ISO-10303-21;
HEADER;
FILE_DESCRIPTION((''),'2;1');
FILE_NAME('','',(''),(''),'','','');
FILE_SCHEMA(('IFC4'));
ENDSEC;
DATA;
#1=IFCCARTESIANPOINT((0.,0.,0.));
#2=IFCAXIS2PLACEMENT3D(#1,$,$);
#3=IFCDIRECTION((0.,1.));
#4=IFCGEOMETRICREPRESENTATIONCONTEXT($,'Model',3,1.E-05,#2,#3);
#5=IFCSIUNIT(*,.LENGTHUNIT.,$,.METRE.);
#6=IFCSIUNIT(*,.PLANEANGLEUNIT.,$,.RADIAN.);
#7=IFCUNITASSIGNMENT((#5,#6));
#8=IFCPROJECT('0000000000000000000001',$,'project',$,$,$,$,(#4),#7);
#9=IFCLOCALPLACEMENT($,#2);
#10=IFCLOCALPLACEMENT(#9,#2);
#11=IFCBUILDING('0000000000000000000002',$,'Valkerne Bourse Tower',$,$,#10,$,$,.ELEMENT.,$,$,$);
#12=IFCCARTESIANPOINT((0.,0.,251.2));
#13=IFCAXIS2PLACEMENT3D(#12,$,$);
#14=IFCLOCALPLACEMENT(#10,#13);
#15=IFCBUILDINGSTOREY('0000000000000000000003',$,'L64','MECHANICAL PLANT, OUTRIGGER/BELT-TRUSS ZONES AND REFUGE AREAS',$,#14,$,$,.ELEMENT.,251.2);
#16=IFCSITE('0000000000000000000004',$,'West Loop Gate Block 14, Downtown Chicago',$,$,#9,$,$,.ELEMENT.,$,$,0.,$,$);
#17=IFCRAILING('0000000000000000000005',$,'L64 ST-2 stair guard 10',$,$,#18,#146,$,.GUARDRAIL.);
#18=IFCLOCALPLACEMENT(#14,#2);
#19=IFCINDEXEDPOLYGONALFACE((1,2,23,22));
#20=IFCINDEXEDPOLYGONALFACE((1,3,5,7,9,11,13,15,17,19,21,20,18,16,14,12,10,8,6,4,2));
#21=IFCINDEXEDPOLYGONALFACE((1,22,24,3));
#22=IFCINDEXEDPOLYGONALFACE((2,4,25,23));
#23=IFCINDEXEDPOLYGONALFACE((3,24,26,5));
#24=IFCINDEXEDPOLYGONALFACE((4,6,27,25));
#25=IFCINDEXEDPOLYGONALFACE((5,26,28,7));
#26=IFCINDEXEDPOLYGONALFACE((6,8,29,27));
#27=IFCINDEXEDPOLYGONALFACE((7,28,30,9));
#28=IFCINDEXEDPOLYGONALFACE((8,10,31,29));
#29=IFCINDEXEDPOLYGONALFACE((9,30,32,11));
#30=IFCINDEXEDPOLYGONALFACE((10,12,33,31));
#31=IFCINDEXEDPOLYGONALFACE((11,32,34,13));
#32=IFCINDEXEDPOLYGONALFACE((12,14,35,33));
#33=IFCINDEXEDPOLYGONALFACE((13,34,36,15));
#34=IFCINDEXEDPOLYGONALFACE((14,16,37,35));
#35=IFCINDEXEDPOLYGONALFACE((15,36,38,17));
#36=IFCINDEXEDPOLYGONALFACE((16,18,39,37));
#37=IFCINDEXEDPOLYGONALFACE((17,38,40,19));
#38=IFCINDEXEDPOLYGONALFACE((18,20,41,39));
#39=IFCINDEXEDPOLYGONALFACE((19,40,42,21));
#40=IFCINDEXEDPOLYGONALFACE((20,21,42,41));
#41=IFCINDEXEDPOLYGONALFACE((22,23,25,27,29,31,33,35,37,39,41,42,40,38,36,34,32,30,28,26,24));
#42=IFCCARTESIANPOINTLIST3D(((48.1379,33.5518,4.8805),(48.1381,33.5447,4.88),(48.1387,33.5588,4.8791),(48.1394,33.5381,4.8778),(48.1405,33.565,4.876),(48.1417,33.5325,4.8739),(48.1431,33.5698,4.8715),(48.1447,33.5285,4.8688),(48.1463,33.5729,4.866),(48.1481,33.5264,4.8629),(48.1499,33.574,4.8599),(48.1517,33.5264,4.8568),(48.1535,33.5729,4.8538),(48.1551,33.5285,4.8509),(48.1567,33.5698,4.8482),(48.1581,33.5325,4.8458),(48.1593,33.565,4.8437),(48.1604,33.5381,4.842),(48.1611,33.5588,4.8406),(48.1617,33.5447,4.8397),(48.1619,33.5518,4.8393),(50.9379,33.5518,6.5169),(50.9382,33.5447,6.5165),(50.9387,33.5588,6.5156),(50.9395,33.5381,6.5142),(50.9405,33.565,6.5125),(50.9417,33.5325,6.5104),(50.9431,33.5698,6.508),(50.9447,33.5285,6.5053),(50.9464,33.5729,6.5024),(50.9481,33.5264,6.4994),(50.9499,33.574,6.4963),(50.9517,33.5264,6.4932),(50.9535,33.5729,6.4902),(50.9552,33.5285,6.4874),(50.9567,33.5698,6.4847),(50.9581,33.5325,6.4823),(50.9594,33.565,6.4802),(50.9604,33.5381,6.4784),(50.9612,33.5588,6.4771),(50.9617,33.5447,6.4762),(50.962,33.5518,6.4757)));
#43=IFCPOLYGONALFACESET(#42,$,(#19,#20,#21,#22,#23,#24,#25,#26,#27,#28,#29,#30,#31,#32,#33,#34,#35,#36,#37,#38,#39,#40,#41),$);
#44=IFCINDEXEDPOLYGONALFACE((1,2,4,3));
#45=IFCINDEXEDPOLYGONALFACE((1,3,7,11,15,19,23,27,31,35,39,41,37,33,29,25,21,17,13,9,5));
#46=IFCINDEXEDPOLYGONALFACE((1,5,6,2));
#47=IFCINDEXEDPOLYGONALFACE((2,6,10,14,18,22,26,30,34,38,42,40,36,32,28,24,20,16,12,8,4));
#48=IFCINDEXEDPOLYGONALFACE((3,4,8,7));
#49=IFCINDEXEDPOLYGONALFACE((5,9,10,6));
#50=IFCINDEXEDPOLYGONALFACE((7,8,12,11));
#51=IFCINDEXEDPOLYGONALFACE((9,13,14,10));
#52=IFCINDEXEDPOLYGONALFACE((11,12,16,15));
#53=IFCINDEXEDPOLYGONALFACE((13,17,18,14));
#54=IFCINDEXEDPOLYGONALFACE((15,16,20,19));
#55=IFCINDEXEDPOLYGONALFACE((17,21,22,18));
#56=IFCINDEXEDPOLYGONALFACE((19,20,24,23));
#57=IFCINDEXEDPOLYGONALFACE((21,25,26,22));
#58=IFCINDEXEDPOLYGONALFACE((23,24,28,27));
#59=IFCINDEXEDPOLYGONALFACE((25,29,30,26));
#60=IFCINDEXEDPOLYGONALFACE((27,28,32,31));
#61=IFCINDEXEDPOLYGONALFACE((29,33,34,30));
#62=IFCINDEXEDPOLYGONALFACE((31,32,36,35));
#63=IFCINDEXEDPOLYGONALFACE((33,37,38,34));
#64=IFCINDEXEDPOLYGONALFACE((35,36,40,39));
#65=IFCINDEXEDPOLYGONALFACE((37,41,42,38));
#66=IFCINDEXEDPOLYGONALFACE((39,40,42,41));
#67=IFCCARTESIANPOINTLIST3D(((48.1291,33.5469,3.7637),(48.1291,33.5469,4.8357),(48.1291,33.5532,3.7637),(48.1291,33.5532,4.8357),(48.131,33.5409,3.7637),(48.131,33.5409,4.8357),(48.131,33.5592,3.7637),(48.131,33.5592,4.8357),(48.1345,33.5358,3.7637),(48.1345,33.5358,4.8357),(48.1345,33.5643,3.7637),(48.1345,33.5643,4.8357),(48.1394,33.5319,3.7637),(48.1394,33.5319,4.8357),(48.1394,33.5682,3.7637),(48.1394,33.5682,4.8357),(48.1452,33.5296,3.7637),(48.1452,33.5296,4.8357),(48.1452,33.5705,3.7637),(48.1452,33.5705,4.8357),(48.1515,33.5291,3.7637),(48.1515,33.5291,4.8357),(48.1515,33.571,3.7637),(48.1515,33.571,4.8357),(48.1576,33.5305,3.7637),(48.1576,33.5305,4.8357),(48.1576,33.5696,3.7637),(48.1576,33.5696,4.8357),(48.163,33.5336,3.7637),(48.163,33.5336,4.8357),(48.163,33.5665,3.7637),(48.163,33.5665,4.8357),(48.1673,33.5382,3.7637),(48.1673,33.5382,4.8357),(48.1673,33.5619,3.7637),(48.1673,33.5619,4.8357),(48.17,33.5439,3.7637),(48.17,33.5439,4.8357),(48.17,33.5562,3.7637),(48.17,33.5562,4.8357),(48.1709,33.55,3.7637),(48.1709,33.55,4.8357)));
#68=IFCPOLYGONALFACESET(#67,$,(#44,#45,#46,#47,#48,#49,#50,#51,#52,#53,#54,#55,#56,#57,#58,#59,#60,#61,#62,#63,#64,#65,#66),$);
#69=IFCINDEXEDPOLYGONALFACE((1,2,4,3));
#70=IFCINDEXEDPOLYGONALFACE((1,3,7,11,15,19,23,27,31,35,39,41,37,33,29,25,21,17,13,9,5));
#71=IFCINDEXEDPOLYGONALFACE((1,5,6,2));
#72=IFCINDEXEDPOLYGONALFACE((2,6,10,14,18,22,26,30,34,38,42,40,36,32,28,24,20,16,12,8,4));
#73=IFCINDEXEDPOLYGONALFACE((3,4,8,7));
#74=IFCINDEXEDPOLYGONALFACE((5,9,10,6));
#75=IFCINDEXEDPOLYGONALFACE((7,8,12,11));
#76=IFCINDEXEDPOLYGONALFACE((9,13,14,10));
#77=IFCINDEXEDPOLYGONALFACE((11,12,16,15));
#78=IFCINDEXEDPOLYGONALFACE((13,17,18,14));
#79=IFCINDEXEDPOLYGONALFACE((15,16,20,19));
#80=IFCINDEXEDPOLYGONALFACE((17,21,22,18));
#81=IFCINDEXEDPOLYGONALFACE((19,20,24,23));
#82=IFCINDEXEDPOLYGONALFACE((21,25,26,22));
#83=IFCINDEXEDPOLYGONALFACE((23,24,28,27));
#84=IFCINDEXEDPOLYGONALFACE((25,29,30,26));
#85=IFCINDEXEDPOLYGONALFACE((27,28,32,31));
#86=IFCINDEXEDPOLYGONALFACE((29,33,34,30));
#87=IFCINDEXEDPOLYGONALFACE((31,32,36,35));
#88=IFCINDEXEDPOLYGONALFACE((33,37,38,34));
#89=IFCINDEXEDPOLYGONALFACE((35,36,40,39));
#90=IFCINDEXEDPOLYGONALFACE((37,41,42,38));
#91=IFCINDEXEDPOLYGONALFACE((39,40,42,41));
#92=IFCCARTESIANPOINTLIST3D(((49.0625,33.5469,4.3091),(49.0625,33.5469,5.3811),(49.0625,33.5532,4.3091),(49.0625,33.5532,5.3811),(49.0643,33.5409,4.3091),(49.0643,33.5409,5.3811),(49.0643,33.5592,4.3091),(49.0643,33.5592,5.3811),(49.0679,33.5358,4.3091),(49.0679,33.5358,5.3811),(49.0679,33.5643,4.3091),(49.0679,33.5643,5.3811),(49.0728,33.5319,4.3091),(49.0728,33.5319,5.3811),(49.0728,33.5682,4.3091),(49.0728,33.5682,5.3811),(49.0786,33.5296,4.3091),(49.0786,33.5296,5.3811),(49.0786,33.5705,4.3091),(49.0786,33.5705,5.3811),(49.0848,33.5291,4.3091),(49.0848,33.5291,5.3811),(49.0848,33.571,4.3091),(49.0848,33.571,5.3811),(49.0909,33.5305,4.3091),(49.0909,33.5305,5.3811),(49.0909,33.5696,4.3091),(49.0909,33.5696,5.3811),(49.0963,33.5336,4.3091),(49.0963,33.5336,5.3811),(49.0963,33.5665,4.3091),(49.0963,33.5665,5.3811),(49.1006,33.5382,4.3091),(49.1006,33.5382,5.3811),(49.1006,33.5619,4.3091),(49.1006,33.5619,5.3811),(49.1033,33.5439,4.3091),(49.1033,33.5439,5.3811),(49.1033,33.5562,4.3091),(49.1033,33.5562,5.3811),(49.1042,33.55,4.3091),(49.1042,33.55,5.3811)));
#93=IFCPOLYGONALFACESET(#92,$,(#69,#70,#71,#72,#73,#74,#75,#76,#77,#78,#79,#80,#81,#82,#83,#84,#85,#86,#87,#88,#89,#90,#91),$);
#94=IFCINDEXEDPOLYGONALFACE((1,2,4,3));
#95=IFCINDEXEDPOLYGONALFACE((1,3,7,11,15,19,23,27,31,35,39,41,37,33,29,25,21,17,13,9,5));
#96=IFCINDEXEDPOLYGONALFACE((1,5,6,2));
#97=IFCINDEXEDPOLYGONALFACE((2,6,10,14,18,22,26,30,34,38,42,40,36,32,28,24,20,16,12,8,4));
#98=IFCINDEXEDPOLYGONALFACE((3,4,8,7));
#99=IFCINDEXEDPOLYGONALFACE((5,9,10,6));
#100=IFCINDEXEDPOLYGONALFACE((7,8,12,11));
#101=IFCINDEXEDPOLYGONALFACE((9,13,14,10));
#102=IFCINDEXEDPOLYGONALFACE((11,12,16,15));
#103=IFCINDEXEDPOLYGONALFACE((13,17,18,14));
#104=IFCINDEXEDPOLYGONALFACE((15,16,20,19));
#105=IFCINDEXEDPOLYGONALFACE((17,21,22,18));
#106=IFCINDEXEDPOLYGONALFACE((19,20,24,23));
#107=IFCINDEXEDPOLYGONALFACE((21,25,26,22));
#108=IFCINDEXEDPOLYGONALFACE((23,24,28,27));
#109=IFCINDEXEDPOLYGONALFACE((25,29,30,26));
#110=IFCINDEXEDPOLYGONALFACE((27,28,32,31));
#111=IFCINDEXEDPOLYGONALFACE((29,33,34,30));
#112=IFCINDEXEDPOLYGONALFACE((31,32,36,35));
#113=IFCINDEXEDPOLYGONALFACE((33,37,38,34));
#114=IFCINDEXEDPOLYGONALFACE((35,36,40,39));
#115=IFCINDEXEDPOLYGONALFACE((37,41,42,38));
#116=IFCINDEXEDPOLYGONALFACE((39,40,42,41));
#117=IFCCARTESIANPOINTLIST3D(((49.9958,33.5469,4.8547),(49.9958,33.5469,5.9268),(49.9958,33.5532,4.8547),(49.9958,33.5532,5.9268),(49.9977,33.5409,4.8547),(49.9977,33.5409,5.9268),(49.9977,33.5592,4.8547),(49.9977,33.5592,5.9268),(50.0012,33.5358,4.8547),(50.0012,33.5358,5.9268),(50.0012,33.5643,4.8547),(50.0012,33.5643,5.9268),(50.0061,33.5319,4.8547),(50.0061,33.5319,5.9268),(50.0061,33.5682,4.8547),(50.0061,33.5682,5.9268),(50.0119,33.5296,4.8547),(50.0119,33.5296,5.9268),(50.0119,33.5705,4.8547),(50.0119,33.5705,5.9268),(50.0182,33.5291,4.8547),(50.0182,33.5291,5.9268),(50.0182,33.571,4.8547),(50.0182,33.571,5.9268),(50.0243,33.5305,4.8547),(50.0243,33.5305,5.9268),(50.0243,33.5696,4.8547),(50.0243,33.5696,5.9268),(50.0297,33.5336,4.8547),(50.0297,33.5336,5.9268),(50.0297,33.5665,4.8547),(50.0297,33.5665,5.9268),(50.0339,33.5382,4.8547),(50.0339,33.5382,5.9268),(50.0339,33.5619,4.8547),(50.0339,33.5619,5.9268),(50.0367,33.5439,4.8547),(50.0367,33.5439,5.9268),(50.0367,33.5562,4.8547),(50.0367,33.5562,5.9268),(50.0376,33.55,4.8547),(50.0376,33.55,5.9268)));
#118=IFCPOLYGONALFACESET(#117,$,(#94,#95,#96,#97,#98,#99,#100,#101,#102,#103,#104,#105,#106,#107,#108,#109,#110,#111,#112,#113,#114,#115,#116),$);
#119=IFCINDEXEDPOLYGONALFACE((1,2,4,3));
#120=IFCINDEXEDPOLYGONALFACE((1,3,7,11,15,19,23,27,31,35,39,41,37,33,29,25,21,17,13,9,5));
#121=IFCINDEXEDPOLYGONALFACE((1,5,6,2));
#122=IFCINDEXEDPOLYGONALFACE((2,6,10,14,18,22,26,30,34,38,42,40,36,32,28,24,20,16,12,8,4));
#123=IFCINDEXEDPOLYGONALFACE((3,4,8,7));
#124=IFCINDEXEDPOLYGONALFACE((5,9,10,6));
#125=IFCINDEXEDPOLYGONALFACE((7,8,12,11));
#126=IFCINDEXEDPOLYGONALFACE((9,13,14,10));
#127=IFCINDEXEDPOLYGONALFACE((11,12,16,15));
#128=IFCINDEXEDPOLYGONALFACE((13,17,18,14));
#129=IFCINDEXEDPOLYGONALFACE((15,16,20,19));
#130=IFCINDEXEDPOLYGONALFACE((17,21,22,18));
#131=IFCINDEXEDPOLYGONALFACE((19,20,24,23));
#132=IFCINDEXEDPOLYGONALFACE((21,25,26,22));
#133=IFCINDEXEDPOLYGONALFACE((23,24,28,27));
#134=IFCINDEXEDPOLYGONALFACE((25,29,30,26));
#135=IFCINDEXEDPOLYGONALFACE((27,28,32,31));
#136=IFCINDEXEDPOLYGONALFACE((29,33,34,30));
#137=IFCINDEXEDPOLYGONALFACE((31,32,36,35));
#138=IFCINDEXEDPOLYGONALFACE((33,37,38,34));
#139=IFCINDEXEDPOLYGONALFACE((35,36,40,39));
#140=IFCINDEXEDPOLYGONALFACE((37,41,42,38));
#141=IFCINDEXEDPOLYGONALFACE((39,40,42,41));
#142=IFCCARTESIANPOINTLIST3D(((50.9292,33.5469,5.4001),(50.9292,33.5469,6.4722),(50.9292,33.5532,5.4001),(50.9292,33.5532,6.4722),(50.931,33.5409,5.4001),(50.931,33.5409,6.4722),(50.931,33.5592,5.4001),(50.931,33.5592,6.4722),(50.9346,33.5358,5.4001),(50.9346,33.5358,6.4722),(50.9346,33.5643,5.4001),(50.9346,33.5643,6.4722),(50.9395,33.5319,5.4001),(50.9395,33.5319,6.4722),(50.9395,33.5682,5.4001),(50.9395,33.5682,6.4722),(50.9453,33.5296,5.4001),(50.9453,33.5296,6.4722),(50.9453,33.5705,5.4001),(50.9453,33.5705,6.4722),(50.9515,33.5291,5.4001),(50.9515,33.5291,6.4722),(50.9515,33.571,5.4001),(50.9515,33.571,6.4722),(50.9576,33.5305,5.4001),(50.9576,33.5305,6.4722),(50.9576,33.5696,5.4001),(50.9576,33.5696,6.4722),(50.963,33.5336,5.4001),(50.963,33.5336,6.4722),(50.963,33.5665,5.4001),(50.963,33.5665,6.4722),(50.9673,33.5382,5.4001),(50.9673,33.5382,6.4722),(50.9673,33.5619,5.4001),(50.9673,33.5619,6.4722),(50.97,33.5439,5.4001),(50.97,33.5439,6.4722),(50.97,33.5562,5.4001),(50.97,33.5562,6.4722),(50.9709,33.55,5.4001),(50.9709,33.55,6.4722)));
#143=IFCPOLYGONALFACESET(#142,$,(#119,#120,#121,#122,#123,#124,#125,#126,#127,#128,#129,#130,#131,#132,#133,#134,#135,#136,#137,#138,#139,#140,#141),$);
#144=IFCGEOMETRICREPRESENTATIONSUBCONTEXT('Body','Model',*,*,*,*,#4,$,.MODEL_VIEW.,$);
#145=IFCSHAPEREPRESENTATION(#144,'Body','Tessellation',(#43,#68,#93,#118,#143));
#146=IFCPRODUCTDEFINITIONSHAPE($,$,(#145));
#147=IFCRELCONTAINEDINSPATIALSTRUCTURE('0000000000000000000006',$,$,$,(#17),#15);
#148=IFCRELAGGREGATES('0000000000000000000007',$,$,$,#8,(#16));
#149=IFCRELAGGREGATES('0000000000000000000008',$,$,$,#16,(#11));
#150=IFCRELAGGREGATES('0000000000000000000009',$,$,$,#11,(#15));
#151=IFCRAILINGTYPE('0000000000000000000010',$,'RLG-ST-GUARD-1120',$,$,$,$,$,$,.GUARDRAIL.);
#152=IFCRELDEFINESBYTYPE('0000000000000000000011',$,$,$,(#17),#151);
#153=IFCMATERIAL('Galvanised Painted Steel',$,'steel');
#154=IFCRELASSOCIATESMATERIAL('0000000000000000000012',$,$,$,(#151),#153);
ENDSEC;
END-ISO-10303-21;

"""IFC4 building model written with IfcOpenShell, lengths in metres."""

from ifc_helpers import new_model, si_unit, direction, frame, origin, origin_2d, place, context, subcontext, project, spatial, circle, extrude, material, type_object, element, save


model = new_model("IFC4")

# Units and contexts
model_context = context("Model", 3, precision=1e-05, world=origin(), true_north=direction((0.0, 1.0)))
body_context = subcontext(model_context, "Body", "Model", "MODEL_VIEW")
ifc_project = project(units=[si_unit("LENGTHUNIT", "METRE"), si_unit("PLANEANGLEUNIT", "RADIAN")], contexts=[model_context])

# Site, building, storey
site_placement = place(None, origin())
site = spatial("IfcSite", under=ifc_project, at=site_placement, Name="West Loop Gate Block 14, Downtown Chicago", CompositionType="ELEMENT", RefElevation=0.0)
building_placement = place(site_placement, origin())
building = spatial("IfcBuilding", under=site, at=building_placement, Name="Valkerne Bourse Tower", CompositionType="ELEMENT")
storey_placement = place(building_placement, frame((0.0, 0.0, 251.2)))
storey = spatial("IfcBuildingStorey", under=building, at=storey_placement, Name="L64", Description="MECHANICAL PLANT, OUTRIGGER/BELT-TRUSS ZONES AND REFUGE AREAS", CompositionType="ELEMENT", Elevation=251.2)

# Shared definitions
ifc_material_1 = material(Name="Galvanised Painted Steel", Category="steel")

# Railing
railing_type_1 = type_object("IfcRailingType", Name="RLG-ST-GUARD-1120", PredefinedType="GUARDRAIL", material=ifc_material_1)
railing_1_placement = place(storey_placement, frame((48.1499, 33.55, 3.7637)))
element("IfcRailing", 1, at=railing_1_placement, inside=storey, type_object=railing_type_1, Name="L64 ST-2 stair guard 10", PredefinedType="GUARDRAIL", context=body_context, shape_type="SweptSolid", body=[
    extrude(circle(Radius=0.0239, at=origin_2d()), frame((0.0, 0.0, 1.0962), z_axis=(0.863361, 0.0, 0.504587), x_axis=(0.0, 1.0, 0.0)), (0.0, 0.0, 1.0), 3.2432),
    extrude(circle(Radius=0.021, at=origin_2d()), origin(), (0.0, 0.0, 1.0), 1.072),
    extrude(circle(Radius=0.021, at=origin_2d()), frame((0.9333, 0.0, 0.5454)), (0.0, 0.0, 1.0), 1.072),
    extrude(circle(Radius=0.021, at=origin_2d()), frame((1.8667, 0.0, 1.0911)), (0.0, 0.0, 1.0), 1.072),
    extrude(circle(Radius=0.021, at=origin_2d()), frame((2.8, 0.0, 1.6365)), (0.0, 0.0, 1.0), 1.072),
])

save(model, "model.ifc")
